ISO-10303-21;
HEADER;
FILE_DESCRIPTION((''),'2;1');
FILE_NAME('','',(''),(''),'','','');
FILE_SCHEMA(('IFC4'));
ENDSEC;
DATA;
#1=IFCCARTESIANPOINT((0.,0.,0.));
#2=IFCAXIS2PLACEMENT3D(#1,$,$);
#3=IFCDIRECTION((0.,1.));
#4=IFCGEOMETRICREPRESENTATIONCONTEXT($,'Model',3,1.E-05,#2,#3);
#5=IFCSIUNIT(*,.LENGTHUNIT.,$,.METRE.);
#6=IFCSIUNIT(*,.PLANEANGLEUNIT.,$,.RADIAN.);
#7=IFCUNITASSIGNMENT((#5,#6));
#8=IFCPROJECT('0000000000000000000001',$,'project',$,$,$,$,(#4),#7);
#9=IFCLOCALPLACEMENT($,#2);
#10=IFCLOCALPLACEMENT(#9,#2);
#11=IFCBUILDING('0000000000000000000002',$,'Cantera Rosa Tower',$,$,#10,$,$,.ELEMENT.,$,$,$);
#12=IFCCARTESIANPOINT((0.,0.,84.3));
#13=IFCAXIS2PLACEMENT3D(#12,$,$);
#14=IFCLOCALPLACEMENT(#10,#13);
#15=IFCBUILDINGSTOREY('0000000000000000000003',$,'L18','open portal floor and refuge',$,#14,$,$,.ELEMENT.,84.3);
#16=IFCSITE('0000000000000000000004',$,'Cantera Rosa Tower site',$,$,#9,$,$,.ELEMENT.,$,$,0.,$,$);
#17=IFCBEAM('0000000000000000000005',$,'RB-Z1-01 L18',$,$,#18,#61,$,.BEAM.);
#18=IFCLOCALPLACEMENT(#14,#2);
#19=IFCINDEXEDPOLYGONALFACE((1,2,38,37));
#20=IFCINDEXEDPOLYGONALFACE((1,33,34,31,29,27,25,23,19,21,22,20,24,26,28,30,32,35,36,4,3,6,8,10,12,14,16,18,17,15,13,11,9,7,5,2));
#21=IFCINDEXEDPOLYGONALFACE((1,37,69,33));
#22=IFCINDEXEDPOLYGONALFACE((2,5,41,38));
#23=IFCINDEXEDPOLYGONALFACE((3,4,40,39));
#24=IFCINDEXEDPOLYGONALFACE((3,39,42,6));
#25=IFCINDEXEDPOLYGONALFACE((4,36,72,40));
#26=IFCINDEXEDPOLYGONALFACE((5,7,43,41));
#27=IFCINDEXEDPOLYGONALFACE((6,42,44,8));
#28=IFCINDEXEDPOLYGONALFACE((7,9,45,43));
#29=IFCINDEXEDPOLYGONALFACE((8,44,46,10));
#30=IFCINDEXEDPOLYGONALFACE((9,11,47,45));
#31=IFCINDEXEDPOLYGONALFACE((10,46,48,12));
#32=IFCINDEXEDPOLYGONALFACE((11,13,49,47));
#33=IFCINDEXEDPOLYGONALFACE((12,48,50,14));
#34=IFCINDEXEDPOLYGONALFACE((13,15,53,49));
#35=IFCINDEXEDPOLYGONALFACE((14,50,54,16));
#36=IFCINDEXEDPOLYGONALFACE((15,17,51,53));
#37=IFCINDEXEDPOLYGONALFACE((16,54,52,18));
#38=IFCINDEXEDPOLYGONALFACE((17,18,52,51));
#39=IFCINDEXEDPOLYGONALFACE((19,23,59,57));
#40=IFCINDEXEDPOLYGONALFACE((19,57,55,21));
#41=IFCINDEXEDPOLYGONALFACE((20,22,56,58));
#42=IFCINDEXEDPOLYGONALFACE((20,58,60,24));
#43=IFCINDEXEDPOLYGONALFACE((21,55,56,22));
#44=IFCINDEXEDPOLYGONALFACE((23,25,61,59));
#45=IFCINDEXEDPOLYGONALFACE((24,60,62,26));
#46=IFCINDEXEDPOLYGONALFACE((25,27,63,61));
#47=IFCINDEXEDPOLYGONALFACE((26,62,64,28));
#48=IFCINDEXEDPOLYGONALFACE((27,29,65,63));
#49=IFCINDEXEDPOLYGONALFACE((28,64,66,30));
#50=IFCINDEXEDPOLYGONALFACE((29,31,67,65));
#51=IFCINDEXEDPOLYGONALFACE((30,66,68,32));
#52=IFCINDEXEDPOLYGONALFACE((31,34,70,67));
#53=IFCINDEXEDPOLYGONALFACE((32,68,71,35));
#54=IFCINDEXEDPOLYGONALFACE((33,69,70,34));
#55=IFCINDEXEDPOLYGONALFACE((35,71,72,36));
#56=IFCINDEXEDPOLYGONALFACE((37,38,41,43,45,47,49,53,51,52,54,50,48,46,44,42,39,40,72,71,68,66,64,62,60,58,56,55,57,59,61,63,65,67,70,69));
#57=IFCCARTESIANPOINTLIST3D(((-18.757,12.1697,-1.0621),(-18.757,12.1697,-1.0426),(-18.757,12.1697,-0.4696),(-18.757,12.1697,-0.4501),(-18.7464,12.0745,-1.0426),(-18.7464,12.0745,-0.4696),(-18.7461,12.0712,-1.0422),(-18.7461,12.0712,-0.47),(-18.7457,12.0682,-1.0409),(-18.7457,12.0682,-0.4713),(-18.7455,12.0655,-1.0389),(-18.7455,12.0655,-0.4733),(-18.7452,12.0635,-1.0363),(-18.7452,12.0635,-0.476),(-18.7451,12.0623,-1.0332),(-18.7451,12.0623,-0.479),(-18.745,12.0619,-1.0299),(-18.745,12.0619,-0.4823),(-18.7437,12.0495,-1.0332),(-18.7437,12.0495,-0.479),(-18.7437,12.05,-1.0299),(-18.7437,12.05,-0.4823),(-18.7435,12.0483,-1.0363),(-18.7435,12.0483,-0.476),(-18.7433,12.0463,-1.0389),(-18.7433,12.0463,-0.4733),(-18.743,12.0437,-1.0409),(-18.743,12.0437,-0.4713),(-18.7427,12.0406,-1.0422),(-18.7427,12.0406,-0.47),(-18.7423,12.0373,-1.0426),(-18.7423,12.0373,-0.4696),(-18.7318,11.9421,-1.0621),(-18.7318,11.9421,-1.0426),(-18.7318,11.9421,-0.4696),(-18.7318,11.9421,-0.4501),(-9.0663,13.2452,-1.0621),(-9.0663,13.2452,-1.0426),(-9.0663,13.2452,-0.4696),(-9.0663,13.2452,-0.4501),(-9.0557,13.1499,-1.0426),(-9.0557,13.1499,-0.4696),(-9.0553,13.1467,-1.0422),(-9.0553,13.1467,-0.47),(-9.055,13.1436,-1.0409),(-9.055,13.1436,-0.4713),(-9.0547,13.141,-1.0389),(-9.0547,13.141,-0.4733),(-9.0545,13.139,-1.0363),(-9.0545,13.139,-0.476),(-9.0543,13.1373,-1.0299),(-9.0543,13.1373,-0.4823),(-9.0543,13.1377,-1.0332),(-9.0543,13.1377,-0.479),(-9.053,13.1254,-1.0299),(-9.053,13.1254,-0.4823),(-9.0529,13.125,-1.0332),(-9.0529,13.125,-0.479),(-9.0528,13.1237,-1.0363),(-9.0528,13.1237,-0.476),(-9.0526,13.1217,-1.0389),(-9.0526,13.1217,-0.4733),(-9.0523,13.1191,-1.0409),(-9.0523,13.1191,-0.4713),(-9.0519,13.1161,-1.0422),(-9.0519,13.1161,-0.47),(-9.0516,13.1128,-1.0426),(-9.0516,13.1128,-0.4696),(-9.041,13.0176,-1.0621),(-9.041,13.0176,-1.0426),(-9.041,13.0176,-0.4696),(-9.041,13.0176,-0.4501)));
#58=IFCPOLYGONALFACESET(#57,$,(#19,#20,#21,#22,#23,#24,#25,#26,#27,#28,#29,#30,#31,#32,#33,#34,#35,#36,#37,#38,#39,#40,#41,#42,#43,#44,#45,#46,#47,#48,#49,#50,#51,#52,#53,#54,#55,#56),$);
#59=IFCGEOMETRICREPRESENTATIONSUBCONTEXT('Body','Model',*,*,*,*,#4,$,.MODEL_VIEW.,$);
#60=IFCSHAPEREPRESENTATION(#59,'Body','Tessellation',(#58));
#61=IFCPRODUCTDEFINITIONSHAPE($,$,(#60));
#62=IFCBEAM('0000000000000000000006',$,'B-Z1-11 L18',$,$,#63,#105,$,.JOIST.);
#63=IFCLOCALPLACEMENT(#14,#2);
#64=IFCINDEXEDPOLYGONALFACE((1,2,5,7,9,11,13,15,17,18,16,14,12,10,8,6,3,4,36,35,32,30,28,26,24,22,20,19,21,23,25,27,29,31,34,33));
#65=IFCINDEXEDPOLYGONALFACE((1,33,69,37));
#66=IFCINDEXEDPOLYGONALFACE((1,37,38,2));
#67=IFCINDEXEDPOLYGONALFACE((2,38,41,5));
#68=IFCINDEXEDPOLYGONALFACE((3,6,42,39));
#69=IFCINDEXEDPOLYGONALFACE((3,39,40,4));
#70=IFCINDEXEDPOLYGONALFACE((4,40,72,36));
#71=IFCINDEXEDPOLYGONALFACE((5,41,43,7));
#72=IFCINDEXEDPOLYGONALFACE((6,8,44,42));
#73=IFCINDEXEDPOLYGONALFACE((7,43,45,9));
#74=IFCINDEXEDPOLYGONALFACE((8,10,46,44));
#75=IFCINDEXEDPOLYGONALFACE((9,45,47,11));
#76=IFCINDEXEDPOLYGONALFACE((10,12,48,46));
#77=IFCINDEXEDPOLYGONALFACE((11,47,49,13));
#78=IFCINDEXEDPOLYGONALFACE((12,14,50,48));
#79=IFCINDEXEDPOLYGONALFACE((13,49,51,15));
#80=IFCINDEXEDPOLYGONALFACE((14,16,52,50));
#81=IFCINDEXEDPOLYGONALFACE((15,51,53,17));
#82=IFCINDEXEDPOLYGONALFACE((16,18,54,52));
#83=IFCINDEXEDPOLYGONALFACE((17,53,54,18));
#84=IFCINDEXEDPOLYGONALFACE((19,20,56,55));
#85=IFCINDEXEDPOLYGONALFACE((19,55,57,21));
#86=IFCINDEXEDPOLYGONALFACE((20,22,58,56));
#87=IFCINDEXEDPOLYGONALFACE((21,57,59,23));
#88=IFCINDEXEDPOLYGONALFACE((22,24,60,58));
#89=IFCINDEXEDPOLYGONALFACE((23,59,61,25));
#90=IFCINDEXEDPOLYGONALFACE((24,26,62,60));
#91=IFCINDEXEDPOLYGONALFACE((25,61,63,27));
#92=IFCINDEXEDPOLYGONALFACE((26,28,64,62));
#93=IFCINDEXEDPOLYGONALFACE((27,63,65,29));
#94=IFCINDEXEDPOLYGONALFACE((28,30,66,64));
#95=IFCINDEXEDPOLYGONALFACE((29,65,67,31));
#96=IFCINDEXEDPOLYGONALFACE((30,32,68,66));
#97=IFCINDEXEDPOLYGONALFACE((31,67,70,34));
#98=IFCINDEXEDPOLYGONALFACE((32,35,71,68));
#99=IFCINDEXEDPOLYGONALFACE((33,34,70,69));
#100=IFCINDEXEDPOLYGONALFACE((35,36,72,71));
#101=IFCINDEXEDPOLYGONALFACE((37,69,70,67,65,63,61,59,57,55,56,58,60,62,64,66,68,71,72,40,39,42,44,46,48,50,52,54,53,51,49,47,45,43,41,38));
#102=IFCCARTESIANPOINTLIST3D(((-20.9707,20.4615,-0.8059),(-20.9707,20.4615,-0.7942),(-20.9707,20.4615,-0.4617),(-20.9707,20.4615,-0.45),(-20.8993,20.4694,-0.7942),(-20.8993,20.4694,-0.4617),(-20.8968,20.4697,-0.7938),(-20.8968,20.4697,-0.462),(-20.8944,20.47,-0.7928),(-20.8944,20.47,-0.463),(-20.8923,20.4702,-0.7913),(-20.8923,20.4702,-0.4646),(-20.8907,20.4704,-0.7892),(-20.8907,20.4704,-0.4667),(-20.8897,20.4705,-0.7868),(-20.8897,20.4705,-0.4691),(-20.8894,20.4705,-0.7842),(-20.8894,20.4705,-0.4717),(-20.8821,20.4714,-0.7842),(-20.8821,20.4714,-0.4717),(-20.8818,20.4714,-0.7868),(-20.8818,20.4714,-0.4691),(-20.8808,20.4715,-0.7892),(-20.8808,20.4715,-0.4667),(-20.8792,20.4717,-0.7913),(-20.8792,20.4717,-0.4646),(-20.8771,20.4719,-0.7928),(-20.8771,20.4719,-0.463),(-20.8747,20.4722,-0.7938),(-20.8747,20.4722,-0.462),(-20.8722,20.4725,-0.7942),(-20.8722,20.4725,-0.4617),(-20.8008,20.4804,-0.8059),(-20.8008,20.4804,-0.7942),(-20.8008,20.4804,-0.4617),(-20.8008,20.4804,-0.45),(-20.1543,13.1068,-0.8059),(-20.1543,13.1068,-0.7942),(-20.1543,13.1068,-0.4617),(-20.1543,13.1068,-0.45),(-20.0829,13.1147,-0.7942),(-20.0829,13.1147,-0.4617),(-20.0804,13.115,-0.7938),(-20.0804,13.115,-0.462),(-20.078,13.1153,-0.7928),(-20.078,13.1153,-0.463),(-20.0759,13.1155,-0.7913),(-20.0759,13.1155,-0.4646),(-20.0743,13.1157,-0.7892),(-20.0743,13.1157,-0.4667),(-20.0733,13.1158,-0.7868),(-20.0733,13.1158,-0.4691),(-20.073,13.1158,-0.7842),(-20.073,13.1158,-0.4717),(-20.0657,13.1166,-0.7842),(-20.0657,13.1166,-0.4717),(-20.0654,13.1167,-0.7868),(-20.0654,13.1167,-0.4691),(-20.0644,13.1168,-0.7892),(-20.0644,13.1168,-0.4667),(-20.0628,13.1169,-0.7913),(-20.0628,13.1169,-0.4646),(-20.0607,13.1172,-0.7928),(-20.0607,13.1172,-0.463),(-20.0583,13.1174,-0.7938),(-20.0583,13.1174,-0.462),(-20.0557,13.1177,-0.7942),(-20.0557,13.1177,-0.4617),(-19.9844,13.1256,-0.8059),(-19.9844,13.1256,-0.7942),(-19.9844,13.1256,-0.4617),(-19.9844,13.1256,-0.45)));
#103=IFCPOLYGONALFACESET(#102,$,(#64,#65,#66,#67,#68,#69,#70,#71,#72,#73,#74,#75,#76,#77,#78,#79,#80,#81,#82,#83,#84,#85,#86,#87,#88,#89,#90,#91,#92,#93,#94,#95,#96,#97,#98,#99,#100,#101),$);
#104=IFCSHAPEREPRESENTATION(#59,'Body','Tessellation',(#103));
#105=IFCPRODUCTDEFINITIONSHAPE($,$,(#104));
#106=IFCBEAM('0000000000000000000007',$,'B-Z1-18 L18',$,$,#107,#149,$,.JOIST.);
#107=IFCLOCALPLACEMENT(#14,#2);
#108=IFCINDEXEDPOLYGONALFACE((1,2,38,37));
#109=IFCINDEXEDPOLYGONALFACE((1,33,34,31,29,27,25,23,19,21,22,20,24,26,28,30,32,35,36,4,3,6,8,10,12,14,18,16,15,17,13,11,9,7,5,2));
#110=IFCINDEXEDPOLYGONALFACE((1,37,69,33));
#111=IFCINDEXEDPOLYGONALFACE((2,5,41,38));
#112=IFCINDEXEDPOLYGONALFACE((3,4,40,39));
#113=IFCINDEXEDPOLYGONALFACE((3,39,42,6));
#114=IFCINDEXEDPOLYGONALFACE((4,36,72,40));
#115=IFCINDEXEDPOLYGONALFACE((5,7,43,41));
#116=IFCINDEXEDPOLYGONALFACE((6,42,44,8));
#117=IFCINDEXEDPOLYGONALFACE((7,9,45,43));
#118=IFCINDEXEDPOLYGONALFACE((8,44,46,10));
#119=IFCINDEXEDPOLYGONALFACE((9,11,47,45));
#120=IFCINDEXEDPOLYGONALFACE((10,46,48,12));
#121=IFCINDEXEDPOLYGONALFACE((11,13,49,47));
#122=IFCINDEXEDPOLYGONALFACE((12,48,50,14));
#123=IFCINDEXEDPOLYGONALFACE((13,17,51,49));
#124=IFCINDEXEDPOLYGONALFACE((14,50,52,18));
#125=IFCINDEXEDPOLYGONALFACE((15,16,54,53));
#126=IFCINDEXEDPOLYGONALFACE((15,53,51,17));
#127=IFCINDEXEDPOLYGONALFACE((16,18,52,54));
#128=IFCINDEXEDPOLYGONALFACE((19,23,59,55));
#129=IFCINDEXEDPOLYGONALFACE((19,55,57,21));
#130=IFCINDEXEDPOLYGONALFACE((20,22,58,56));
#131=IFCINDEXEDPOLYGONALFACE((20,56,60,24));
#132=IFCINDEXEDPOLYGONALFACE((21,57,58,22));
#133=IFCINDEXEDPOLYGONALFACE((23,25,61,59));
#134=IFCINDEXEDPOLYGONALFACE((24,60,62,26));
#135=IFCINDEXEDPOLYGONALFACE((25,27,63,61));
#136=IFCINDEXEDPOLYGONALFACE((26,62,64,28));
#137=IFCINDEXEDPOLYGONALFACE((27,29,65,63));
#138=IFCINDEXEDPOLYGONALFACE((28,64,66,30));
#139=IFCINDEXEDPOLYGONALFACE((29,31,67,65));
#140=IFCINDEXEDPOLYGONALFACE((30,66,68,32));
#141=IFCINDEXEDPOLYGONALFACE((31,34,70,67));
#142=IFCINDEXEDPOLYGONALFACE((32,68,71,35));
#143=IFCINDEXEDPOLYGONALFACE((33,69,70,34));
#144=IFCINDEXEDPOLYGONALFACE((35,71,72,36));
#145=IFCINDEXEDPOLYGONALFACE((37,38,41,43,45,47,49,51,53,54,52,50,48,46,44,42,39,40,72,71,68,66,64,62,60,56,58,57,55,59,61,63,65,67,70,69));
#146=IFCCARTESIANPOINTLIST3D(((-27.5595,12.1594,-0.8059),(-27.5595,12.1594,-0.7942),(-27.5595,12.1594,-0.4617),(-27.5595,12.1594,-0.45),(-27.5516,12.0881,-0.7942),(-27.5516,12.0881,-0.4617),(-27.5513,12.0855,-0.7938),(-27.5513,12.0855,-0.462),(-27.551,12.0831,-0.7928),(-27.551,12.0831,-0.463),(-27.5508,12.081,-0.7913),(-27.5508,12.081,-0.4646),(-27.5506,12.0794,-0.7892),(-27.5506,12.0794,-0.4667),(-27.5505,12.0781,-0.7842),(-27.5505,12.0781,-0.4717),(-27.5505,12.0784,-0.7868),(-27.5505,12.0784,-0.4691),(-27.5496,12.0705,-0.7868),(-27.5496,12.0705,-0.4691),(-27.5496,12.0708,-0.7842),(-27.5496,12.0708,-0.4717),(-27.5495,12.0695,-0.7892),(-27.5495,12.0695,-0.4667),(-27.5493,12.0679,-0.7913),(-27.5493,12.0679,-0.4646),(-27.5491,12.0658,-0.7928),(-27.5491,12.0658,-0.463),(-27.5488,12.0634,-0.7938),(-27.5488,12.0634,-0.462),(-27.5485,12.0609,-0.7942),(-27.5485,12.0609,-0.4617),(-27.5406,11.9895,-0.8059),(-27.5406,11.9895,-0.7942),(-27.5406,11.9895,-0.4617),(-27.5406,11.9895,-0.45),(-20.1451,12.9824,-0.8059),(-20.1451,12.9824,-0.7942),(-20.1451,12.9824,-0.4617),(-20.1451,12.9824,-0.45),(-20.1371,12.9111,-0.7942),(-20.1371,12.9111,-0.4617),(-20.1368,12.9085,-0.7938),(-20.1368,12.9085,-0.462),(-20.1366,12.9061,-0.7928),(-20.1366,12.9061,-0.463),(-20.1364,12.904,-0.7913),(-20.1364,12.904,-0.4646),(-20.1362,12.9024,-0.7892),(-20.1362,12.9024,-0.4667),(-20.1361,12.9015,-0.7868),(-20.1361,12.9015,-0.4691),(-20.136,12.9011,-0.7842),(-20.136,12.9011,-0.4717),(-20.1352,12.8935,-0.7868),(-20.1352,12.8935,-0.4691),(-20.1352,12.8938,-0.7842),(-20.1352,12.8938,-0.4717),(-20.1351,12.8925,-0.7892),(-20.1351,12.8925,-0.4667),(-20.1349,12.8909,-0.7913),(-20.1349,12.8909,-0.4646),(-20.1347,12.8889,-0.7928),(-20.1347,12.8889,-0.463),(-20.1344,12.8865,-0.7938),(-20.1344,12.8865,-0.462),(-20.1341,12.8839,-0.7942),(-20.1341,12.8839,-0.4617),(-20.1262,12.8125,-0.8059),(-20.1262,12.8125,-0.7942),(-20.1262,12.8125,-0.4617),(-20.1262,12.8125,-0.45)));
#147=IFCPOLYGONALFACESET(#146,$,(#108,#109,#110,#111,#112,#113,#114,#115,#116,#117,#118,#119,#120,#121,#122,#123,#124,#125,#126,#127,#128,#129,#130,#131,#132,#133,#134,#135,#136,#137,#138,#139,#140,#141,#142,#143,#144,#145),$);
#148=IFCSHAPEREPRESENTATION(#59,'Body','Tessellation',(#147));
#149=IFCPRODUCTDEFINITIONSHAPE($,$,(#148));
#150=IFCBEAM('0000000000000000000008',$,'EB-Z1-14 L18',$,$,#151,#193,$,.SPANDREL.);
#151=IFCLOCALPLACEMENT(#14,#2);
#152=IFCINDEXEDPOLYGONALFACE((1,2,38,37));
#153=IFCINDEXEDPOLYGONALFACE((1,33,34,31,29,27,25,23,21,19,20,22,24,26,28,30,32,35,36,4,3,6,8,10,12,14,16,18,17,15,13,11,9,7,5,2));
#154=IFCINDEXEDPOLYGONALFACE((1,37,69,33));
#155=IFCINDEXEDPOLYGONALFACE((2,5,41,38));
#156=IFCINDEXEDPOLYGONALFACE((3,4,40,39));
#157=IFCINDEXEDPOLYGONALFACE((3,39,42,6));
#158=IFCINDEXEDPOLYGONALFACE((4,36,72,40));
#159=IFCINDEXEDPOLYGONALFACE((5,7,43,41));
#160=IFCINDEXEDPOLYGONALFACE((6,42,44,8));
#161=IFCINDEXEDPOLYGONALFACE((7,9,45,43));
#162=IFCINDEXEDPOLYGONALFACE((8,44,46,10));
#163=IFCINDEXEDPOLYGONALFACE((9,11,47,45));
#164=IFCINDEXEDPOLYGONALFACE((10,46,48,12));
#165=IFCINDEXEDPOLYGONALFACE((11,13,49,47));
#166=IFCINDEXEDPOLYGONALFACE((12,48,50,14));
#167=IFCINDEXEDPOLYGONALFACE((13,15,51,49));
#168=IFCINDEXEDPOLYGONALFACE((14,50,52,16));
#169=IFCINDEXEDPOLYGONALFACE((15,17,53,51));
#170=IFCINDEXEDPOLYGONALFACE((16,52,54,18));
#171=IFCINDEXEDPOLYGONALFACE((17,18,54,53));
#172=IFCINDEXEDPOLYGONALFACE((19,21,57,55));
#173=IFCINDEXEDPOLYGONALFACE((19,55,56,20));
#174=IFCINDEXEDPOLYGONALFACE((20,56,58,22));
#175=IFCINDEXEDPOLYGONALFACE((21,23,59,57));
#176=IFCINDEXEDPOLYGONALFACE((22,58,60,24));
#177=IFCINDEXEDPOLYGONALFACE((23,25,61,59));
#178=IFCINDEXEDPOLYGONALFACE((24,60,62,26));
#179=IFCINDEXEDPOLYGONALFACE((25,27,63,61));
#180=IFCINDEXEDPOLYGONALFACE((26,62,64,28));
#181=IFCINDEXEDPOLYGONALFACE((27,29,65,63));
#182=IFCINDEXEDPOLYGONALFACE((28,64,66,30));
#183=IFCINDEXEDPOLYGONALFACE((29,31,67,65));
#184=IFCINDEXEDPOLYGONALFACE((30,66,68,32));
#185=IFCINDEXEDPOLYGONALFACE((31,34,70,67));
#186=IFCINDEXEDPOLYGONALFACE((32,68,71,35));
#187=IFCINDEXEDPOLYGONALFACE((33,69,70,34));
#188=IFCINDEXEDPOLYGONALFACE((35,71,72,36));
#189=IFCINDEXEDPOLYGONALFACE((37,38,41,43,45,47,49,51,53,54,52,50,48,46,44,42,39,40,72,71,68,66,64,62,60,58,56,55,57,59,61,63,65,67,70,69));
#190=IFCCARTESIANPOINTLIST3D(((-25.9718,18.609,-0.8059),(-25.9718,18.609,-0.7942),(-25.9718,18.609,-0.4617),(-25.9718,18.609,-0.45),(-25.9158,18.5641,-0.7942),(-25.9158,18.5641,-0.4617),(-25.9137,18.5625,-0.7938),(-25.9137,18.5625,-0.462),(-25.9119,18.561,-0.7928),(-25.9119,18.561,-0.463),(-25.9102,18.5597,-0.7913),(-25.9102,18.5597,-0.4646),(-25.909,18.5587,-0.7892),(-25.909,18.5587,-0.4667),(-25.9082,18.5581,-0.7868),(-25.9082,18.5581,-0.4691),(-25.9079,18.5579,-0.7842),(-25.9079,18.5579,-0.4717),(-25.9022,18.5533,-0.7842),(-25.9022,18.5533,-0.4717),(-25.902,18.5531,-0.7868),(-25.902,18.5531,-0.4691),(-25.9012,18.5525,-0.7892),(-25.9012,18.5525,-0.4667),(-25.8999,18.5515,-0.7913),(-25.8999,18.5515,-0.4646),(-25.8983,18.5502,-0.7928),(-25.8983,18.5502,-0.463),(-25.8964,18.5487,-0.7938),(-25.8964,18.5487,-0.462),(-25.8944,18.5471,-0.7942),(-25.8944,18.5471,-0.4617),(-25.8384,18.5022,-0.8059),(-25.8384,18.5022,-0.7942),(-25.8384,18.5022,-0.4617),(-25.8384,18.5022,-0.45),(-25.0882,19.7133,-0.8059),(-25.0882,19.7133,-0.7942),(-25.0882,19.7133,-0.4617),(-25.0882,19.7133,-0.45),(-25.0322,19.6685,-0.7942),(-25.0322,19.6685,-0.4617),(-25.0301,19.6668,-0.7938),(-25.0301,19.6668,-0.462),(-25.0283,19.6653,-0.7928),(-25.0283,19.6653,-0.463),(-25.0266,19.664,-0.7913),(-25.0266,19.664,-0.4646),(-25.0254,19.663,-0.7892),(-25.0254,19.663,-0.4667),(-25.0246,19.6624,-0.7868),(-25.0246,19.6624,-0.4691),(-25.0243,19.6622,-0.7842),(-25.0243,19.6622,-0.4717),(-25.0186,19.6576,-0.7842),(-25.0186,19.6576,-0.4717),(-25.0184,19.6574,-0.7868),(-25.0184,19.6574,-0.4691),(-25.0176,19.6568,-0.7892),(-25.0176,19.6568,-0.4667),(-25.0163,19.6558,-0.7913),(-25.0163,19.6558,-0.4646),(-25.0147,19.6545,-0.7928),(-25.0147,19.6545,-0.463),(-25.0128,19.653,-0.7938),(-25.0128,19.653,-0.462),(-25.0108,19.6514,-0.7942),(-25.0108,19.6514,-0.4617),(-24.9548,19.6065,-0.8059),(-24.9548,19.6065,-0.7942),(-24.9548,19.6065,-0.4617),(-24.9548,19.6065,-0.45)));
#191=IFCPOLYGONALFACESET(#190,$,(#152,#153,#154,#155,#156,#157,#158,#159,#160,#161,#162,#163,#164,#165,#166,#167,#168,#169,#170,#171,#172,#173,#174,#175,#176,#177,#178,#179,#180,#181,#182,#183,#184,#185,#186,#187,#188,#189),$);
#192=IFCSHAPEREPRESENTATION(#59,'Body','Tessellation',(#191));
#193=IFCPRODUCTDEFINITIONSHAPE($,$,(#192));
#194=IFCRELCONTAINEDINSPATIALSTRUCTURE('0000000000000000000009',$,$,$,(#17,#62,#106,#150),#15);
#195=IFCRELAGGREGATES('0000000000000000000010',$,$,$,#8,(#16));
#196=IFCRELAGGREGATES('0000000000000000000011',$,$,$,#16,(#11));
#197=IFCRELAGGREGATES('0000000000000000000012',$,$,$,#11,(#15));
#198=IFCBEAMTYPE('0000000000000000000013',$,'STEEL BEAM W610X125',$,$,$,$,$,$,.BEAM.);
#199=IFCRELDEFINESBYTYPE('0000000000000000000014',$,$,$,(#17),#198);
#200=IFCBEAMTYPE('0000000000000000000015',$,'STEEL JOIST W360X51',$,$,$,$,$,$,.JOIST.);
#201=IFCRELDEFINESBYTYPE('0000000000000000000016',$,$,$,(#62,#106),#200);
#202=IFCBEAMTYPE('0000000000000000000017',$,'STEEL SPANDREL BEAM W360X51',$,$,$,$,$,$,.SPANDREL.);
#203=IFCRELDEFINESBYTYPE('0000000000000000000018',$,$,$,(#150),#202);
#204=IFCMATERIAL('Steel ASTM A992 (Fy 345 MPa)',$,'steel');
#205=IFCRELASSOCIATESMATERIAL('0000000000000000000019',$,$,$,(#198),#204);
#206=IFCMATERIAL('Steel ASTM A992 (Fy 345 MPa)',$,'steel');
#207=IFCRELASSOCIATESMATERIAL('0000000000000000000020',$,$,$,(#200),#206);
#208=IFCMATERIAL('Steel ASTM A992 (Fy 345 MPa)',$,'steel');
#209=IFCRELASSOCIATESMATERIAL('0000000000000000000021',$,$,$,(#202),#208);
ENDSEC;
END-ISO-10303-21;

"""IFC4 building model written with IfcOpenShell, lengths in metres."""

from ifc_helpers import new_model, si_unit, direction, frame, origin, origin_2d, place, context, subcontext, project, spatial, i_section, extrude, material, material_profile, profile_set, type_object, element, save


model = new_model("IFC4")

# Units and contexts
model_context = context("Model", 3, precision=1e-05, world=origin(), true_north=direction((0.0, 1.0)))
body_context = subcontext(model_context, "Body", "Model", "MODEL_VIEW")
ifc_project = project(units=[si_unit("LENGTHUNIT", "METRE"), si_unit("PLANEANGLEUNIT", "RADIAN")], contexts=[model_context])

# Site, building, storey
site_placement = place(None, origin())
site = spatial("IfcSite", under=ifc_project, at=site_placement, Name="Cantera Rosa Tower site", CompositionType="ELEMENT", RefElevation=0.0)
building_placement = place(site_placement, origin())
building = spatial("IfcBuilding", under=site, at=building_placement, Name="Cantera Rosa Tower", CompositionType="ELEMENT")
storey_placement = place(building_placement, frame((0.0, 0.0, 84.3)))
storey = spatial("IfcBuildingStorey", under=building, at=storey_placement, Name="L18", Description="open portal floor and refuge", CompositionType="ELEMENT", Elevation=84.3)

# Beams
ifc_material_1 = material(Name="Steel ASTM A992 (Fy 345 MPa)", Category="steel")
ifc_material_profile_1 = material_profile(ifc_material_1, i_section(OverallWidth=0.229, OverallDepth=0.6121, WebThickness=0.012, FlangeThickness=0.0195, FilletRadius=0.0127, at=origin_2d()), Name="W610X125")
ifc_profile_set_1 = profile_set([ifc_material_profile_1], Name="Steel ASTM A992 (Fy 345 MPa)")
beam_type_1 = type_object("IfcBeamType", Name="STEEL BEAM W610X125", PredefinedType="BEAM", material=ifc_profile_set_1)
beam_1_placement = place(storey_placement, frame((-18.7444, 12.0559, -0.7561), z_axis=(0.993898, 0.1103, 0.0), x_axis=(-0.1103, 0.993898, 0.0)))
element("IfcBeam", 1, at=beam_1_placement, inside=storey, type_object=beam_type_1, Name="RB-Z1-01 L18", PredefinedType="BEAM", context=body_context, shape_type="SweptSolid", body=[
    extrude(i_section(OverallWidth=0.229, OverallDepth=0.6121, WebThickness=0.012, FlangeThickness=0.0195, FilletRadius=0.0127, at=origin_2d()), origin(), (0.0, 0.0, 1.0), 9.7502),
])
ifc_material_2 = material(Name="Steel ASTM A992 (Fy 345 MPa)", Category="steel")
ifc_material_profile_2 = material_profile(ifc_material_2, i_section(OverallWidth=0.1709, OverallDepth=0.356, WebThickness=0.0073, FlangeThickness=0.0117, FilletRadius=0.01, at=origin_2d()), Name="W360X51")
ifc_profile_set_2 = profile_set([ifc_material_profile_2], Name="Steel ASTM A992 (Fy 345 MPa)")
beam_type_2 = type_object("IfcBeamType", Name="STEEL JOIST W360X51", PredefinedType="JOIST", material=ifc_profile_set_2)
beam_2_placement = place(storey_placement, frame((-20.8857, 20.4709, -0.6279), z_axis=(0.110327, -0.993895, 0.0), x_axis=(0.993895, 0.110327, 0.0)))
element("IfcBeam", 2, at=beam_2_placement, inside=storey, type_object=beam_type_2, Name="B-Z1-11 L18", PredefinedType="JOIST", context=body_context, shape_type="SweptSolid", body=[
    extrude(i_section(OverallWidth=0.1709, OverallDepth=0.356, WebThickness=0.0073, FlangeThickness=0.0117, FilletRadius=0.01, at=origin_2d()), origin(), (0.0, 0.0, 1.0), 7.3999),
])
beam_3_placement = place(storey_placement, frame((-27.55, 12.0745, -0.6279), z_axis=(0.993896, 0.110324, 0.0), x_axis=(-0.110324, 0.993896, 0.0)))
element("IfcBeam", 3, at=beam_3_placement, inside=storey, type_object=beam_type_2, Name="B-Z1-18 L18", PredefinedType="JOIST", context=body_context, shape_type="SweptSolid", body=[
    extrude(i_section(OverallWidth=0.1709, OverallDepth=0.356, WebThickness=0.0073, FlangeThickness=0.0117, FilletRadius=0.01, at=origin_2d()), origin(), (0.0, 0.0, 1.0), 7.46),
])
ifc_material_3 = material(Name="Steel ASTM A992 (Fy 345 MPa)", Category="steel")
ifc_material_profile_3 = material_profile(ifc_material_3, i_section(OverallWidth=0.1709, OverallDepth=0.356, WebThickness=0.0073, FlangeThickness=0.0117, FilletRadius=0.01, at=origin_2d()), Name="W360X51")
ifc_profile_set_3 = profile_set([ifc_material_profile_3], Name="Steel ASTM A992 (Fy 345 MPa)")
beam_type_3 = type_object("IfcBeamType", Name="STEEL SPANDREL BEAM W360X51", PredefinedType="SPANDREL", material=ifc_profile_set_3)
for number, where, z_axis, x_axis, name in (
    (4, (-25.0215, 19.6599, -0.6279), (-0.624758, -0.780818, 0.0), (0.780818, -0.624758, 0.0), "EB-Z1-14 L18"),
):
    element("IfcBeam", number, at=place(storey_placement, frame(where, z_axis=z_axis, x_axis=x_axis)), inside=storey, type_object=beam_type_3, Name=name, PredefinedType="SPANDREL", context=body_context, shape_type="SweptSolid", body=[
        extrude(i_section(OverallWidth=0.1709, OverallDepth=0.356, WebThickness=0.0073, FlangeThickness=0.0117, FilletRadius=0.01, at=origin_2d()), origin(), (0.0, 0.0, 1.0), 1.4143),
    ])

save(model, "model.ifc")
